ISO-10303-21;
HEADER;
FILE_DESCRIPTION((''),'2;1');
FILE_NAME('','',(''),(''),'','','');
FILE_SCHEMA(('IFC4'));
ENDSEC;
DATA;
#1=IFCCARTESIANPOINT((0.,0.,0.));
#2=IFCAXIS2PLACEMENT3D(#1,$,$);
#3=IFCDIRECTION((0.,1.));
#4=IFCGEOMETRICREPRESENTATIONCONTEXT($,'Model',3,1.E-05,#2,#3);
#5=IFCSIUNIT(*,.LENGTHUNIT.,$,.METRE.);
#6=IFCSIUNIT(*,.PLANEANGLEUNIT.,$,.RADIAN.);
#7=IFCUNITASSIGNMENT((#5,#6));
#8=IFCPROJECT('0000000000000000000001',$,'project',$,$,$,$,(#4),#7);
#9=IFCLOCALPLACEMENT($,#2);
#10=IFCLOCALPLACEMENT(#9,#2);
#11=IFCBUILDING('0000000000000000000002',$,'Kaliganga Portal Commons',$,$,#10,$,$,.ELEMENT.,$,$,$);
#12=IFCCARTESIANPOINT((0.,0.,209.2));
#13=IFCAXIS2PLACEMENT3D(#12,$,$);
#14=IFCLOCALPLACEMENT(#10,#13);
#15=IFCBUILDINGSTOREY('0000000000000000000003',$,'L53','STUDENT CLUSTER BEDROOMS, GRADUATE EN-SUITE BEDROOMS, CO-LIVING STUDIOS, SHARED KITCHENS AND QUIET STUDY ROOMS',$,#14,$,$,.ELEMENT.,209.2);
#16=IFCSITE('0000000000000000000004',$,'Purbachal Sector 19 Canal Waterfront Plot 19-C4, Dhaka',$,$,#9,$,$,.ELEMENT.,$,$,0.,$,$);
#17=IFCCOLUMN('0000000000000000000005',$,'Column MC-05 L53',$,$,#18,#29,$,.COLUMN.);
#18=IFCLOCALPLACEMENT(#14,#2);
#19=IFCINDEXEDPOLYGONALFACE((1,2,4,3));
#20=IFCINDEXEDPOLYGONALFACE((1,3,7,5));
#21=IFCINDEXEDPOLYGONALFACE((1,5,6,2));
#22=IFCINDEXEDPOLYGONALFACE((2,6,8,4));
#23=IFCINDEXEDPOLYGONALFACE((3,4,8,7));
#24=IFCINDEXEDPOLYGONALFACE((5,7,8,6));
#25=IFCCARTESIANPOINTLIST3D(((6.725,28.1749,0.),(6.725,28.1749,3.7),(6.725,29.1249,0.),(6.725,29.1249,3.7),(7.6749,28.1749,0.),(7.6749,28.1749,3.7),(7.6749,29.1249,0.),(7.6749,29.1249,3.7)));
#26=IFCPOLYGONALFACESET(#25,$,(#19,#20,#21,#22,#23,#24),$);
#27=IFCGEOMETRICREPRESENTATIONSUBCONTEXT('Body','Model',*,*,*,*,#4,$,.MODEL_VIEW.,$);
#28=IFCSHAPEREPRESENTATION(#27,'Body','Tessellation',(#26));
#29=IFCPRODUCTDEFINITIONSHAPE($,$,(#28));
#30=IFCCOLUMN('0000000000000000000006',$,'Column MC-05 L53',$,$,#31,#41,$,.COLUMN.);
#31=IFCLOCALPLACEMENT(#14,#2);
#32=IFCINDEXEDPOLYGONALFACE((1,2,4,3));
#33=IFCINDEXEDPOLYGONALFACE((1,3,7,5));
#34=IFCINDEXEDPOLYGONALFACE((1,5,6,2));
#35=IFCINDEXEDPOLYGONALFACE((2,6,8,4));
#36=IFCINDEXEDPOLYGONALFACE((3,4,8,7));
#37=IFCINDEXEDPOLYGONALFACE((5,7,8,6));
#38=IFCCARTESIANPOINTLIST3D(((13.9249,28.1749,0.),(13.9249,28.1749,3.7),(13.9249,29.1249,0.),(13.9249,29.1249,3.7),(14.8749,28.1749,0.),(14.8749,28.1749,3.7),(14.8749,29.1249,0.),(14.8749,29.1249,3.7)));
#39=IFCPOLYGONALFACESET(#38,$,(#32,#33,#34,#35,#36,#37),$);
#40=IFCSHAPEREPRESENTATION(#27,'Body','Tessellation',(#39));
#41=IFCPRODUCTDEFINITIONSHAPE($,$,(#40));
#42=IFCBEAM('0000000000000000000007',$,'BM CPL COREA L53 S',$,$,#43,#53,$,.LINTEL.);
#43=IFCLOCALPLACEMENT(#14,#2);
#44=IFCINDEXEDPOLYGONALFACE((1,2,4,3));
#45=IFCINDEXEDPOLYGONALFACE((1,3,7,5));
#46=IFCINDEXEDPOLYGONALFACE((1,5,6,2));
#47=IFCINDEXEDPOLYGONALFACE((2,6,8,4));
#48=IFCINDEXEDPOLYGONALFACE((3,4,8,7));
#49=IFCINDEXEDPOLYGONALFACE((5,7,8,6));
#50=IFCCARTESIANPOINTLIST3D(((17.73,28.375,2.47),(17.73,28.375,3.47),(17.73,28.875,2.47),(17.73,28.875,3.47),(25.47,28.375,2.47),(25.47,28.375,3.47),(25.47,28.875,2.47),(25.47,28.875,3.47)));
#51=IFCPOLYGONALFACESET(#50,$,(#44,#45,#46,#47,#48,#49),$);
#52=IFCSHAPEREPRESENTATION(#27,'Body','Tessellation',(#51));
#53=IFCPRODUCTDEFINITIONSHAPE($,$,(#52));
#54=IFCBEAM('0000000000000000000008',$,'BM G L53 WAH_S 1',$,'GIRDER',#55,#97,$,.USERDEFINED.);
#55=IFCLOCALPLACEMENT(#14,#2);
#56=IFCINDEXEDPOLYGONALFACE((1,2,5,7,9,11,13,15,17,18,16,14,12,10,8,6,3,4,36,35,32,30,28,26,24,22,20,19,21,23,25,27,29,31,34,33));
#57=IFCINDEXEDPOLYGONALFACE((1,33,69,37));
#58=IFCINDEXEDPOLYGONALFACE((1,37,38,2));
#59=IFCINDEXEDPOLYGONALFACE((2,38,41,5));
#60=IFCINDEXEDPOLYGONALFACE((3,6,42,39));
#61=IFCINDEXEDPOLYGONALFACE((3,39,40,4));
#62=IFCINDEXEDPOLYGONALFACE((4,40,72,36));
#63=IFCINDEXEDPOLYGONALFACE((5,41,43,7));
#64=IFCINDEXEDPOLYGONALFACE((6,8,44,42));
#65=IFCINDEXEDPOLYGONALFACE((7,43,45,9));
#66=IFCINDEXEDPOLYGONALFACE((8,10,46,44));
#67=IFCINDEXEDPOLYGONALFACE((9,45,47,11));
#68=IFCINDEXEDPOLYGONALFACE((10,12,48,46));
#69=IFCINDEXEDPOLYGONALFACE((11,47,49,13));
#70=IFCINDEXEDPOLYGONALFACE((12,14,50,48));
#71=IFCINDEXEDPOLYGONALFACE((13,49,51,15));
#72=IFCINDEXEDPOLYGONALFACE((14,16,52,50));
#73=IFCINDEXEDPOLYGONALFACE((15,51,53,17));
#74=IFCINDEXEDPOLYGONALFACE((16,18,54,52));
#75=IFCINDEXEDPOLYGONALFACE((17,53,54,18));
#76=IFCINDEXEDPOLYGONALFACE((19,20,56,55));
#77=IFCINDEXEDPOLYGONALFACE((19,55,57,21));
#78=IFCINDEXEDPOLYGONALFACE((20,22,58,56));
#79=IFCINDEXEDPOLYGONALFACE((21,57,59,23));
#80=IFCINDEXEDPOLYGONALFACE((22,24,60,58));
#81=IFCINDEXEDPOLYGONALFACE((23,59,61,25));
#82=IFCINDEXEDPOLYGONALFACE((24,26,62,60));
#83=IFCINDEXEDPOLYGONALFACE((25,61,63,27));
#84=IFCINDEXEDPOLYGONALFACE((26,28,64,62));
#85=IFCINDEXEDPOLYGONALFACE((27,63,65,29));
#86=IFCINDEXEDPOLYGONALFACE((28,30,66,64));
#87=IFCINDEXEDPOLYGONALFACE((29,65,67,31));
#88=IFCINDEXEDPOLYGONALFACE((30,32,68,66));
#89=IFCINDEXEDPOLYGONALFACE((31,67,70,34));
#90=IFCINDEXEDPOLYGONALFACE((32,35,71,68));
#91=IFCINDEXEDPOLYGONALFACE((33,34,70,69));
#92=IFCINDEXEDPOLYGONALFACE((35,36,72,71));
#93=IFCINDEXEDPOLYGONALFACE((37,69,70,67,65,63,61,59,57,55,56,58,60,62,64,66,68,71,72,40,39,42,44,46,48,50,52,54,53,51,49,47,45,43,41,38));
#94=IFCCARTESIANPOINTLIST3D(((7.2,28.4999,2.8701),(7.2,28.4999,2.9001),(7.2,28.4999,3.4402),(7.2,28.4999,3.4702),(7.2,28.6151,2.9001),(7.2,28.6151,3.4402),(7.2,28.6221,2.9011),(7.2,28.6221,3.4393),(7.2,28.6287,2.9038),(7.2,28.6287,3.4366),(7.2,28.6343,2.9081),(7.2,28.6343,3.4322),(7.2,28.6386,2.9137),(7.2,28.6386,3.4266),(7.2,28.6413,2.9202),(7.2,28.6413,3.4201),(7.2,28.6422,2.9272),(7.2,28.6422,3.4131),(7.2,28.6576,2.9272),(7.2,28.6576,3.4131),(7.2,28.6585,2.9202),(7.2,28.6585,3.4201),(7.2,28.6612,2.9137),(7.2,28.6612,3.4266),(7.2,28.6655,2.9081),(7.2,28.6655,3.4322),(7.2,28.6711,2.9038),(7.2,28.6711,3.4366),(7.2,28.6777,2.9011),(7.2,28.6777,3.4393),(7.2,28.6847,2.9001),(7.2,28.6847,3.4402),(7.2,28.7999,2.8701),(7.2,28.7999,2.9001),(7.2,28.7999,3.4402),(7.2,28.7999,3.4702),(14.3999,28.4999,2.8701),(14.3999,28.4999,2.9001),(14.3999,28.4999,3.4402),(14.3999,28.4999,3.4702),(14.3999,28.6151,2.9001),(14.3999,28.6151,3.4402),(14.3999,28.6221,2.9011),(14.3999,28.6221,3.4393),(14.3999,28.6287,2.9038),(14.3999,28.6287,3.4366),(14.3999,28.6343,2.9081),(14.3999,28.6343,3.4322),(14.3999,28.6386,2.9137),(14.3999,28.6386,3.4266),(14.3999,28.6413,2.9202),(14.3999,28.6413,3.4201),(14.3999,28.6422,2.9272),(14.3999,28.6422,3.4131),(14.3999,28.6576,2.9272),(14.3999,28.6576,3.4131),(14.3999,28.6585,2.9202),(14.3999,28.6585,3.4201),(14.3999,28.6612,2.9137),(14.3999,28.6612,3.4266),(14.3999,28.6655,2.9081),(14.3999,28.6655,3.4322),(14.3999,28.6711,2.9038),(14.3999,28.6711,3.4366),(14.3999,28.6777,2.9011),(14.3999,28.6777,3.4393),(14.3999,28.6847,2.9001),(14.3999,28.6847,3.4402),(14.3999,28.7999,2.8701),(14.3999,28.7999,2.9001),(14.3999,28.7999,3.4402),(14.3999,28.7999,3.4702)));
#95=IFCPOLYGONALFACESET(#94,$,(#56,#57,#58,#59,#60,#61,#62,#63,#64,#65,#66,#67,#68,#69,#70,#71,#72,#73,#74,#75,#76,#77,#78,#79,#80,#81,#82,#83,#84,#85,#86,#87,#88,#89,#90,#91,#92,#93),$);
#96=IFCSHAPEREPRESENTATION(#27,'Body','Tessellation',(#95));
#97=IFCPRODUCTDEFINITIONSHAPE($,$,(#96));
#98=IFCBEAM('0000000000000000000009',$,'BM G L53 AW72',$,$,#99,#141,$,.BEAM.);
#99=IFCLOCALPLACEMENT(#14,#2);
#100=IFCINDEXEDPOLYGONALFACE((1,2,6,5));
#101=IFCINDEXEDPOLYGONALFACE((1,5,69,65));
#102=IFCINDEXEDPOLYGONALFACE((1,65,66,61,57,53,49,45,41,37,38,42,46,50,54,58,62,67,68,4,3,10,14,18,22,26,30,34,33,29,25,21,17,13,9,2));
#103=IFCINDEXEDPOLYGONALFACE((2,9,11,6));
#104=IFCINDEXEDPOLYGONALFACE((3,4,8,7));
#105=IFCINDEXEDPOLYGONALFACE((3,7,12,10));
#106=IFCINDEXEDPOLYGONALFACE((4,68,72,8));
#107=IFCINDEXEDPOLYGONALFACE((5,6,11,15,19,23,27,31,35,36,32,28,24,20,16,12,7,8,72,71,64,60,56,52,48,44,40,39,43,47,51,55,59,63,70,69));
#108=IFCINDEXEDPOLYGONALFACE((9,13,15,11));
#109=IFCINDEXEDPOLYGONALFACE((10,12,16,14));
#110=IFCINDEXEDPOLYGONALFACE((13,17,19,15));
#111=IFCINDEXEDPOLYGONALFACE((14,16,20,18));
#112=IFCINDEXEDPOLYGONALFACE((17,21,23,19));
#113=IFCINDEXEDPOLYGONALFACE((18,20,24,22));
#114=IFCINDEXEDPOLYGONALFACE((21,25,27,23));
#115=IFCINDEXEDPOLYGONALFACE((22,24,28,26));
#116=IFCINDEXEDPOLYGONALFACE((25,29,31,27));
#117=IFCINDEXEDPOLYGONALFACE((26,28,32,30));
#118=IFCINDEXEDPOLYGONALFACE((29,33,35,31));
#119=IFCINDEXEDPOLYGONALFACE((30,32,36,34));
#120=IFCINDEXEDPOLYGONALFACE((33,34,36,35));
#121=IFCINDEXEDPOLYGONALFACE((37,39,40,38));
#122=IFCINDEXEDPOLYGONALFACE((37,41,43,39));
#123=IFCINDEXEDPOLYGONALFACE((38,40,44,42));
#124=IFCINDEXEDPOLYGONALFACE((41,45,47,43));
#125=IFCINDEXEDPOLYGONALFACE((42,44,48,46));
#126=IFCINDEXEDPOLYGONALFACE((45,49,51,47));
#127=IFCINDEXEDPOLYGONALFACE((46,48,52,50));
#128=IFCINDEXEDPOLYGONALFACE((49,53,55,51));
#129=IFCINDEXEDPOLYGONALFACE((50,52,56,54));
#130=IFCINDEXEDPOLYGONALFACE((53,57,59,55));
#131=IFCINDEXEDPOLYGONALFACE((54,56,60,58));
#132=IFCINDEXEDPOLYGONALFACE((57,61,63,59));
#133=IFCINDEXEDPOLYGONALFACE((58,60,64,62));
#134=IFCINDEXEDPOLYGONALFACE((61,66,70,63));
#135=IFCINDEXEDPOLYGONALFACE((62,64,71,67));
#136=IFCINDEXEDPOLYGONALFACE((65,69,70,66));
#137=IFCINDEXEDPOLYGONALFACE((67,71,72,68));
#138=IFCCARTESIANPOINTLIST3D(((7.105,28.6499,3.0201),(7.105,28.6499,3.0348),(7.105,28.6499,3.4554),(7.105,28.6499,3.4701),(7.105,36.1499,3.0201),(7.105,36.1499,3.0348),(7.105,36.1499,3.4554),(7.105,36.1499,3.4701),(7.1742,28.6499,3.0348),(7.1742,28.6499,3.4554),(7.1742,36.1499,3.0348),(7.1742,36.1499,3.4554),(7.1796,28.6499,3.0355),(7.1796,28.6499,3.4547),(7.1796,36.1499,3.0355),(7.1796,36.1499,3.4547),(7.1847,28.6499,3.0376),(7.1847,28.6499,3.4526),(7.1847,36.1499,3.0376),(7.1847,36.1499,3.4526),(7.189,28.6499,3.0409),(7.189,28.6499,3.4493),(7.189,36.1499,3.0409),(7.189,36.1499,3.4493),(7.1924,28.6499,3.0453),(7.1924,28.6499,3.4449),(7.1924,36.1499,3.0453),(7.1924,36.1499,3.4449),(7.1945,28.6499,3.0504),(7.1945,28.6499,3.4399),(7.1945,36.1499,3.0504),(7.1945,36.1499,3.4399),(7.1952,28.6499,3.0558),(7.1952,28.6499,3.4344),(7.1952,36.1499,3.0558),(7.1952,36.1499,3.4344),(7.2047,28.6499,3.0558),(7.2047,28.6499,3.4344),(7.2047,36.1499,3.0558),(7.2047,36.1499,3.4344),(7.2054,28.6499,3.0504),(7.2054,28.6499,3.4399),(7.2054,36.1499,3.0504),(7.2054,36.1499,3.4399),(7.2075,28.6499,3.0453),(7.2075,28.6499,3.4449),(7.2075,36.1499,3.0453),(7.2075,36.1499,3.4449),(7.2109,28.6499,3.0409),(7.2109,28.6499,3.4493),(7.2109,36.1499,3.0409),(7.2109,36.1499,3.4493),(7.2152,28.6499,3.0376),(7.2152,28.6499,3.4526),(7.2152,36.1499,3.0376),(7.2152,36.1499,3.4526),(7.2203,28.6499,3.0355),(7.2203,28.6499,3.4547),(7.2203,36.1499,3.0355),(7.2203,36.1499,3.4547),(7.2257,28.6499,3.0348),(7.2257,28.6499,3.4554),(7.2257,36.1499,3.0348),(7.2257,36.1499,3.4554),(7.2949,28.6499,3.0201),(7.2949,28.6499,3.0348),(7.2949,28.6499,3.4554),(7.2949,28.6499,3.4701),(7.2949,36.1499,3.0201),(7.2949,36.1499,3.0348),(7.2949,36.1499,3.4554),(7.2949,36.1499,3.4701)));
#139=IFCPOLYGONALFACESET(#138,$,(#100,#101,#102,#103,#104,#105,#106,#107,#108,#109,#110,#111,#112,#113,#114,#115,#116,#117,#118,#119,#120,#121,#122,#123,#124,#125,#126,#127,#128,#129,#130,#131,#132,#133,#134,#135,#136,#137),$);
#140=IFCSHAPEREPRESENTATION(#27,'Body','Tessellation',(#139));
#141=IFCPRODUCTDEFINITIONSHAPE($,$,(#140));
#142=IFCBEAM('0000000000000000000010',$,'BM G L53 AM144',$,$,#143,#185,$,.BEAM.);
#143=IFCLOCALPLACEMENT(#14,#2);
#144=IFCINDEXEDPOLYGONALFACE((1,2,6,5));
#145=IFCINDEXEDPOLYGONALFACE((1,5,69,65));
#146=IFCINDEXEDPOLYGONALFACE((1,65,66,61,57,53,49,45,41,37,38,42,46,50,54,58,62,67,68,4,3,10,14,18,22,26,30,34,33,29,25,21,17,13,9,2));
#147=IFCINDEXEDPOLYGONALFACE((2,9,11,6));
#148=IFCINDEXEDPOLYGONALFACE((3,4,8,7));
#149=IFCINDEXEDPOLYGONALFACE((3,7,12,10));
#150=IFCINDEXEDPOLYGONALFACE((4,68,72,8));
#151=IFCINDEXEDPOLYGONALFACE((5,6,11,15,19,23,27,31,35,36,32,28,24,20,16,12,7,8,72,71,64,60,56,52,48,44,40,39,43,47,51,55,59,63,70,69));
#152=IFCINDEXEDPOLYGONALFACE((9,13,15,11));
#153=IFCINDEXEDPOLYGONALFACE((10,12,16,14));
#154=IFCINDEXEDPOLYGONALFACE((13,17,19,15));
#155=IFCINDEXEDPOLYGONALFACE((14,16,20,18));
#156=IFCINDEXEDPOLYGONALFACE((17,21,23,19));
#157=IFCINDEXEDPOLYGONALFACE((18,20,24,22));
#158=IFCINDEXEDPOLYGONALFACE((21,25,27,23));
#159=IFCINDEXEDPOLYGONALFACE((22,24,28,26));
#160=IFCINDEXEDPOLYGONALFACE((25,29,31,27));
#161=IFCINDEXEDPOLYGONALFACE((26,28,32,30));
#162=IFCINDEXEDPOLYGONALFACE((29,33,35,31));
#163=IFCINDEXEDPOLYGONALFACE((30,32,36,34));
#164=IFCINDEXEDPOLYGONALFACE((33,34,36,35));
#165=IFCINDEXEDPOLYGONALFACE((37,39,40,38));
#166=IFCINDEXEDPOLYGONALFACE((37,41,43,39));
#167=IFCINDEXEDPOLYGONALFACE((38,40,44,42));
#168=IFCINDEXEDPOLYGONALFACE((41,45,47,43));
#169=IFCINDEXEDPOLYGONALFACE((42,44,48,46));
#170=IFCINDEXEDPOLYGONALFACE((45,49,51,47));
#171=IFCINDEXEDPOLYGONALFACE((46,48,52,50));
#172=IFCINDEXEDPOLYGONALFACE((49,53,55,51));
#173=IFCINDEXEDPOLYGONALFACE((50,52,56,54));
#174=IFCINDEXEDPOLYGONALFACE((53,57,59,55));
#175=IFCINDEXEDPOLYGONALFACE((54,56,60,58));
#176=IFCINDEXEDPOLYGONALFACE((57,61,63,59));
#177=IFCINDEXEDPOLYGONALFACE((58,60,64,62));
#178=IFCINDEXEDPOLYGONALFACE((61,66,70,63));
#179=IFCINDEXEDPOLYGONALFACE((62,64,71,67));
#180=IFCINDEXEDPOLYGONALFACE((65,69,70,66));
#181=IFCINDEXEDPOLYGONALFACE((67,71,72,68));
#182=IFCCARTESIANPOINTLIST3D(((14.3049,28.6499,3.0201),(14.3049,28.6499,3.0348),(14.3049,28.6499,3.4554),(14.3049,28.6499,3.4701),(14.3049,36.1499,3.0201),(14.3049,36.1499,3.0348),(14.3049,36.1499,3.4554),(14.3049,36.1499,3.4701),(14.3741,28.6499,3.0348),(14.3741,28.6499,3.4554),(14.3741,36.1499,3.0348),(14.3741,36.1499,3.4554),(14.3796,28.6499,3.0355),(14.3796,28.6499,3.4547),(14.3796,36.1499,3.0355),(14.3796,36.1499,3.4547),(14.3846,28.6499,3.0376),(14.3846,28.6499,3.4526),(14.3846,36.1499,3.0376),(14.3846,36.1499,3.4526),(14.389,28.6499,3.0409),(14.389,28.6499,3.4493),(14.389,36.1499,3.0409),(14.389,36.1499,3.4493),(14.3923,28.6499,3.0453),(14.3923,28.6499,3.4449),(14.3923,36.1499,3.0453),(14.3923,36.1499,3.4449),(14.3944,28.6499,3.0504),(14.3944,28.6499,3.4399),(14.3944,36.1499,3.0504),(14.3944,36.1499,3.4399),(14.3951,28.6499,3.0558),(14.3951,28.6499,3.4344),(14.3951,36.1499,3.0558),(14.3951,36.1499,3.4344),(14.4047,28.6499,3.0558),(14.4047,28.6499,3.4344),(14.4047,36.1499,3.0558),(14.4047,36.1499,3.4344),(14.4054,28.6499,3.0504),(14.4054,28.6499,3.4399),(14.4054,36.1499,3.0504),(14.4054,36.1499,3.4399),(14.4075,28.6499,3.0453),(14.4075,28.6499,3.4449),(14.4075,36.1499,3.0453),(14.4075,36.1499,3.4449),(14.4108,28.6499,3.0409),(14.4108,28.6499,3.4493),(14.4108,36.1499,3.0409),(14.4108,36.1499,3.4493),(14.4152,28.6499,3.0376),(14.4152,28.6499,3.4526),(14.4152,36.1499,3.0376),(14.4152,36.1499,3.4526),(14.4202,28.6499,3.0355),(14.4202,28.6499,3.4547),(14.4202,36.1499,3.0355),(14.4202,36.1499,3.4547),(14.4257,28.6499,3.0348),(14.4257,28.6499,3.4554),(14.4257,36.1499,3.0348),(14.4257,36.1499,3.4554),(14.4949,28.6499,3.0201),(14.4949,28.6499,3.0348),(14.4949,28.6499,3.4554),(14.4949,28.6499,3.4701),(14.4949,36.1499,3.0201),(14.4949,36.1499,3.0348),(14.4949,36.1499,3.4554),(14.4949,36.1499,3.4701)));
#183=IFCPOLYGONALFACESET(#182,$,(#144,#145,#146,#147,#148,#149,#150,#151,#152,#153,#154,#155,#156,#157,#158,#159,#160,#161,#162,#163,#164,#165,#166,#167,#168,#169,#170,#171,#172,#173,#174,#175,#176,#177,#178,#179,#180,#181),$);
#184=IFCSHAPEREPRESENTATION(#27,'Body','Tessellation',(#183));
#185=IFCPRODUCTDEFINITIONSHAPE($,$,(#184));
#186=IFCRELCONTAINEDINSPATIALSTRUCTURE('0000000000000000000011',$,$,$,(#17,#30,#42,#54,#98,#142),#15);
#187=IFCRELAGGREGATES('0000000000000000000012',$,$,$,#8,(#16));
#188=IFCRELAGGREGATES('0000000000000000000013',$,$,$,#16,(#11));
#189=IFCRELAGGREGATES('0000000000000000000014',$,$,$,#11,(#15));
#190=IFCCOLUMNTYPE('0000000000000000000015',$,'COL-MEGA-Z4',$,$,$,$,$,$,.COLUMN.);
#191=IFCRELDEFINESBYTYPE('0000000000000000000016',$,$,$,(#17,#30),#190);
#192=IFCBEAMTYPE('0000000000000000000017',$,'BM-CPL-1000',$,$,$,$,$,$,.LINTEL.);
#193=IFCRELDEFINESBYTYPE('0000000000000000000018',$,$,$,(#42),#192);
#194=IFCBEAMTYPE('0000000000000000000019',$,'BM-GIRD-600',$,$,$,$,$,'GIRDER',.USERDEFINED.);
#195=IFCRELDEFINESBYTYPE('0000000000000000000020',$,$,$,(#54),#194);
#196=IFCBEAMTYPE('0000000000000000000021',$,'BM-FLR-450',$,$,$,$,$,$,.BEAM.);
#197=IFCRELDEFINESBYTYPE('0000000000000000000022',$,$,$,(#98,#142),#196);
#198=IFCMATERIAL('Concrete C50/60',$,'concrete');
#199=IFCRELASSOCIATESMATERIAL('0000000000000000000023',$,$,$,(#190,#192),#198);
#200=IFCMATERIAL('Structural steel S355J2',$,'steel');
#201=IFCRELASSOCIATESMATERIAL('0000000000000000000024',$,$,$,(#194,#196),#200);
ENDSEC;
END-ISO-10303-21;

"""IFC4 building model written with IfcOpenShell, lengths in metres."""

from ifc_helpers import new_model, si_unit, direction, frame, origin, origin_2d, place, context, subcontext, project, spatial, rectangle, i_section, extrude, source, transform, mapped, material, material_profile, profile_set, type_object, element, save


model = new_model("IFC4")

# Units and contexts
model_context = context("Model", 3, precision=1e-05, world=origin(), true_north=direction((0.0, 1.0)))
body_context = subcontext(model_context, "Body", "Model", "MODEL_VIEW")
ifc_project = project(units=[si_unit("LENGTHUNIT", "METRE"), si_unit("PLANEANGLEUNIT", "RADIAN")], contexts=[model_context])

# Site, building, storey
site_placement = place(None, origin())
site = spatial("IfcSite", under=ifc_project, at=site_placement, Name="Purbachal Sector 19 Canal Waterfront Plot 19-C4, Dhaka", CompositionType="ELEMENT", RefElevation=0.0)
building_placement = place(site_placement, origin())
building = spatial("IfcBuilding", under=site, at=building_placement, Name="Kaliganga Portal Commons", CompositionType="ELEMENT")
storey_placement = place(building_placement, frame((0.0, 0.0, 209.2)))
storey = spatial("IfcBuildingStorey", under=building, at=storey_placement, Name="L53", Description="STUDENT CLUSTER BEDROOMS, GRADUATE EN-SUITE BEDROOMS, CO-LIVING STUDIOS, SHARED KITCHENS AND QUIET STUDY ROOMS", CompositionType="ELEMENT", Elevation=209.2)

# Columns
ifc_material_1 = material(Name="Concrete C50/60", Category="concrete")
ifc_material_profile_1 = material_profile(ifc_material_1, rectangle(XDim=0.95, YDim=0.95, at=origin_2d()), Name="RC 950x950")
ifc_profile_set_1 = profile_set([ifc_material_profile_1], Name="Concrete C50/60")
column_type = type_object("IfcColumnType", Name="COL-MEGA-Z4", PredefinedType="COLUMN", material=ifc_profile_set_1)
shared_shape_1 = source(origin(), body_context, "Body", "SweptSolid", [
    extrude(rectangle(XDim=0.95, YDim=0.95, at=origin_2d()), origin(), (0.0, 0.0, 1.0), 3.7),
])
for number, where, z_axis, x_axis, name in (
    (1, (7.2, 28.6499, 0.0), (0.0, 0.0, 1.0), (1.0, 0.0, 0.0), "Column MC-05 L53"),
    (2, (14.3999, 28.6499, 0.0), (0.0, 0.0, 1.0), (1.0, 0.0, 0.0), "Column MC-05 L53"),
):
    element("IfcColumn", number, at=place(storey_placement, frame(where, z_axis=z_axis, x_axis=x_axis)), inside=storey, type_object=column_type, Name=name, PredefinedType="COLUMN", context=body_context, shape_type="MappedRepresentation", body=[
        mapped(shared_shape_1, transform((0.0, 0.0, 0.0), x_axis=(1.0, 0.0, 0.0), y_axis=(0.0, 1.0, 0.0), z_axis=(0.0, 0.0, 1.0), scale=1.0)),
    ])

# Beams
ifc_material_profile_2 = material_profile(ifc_material_1, rectangle(XDim=0.5, YDim=1.0, at=origin_2d()), Name="RC 500x1000")
ifc_profile_set_2 = profile_set([ifc_material_profile_2], Name="Concrete C50/60")
beam_type_1 = type_object("IfcBeamType", Name="BM-CPL-1000", PredefinedType="LINTEL", material=ifc_profile_set_2)
shared_shape_2 = source(origin(), body_context, "Body", "SweptSolid", [
    extrude(rectangle(XDim=0.5, YDim=1.0, at=origin_2d()), origin(), (0.0, 0.0, 1.0), 7.74),
])
beam_1_placement = place(storey_placement, frame((17.73, 28.625, 2.97), z_axis=(1.0, 0.0, 0.0), x_axis=(0.0, 1.0, 0.0)))
element("IfcBeam", 3, at=beam_1_placement, inside=storey, type_object=beam_type_1, Name="BM CPL COREA L53 S", PredefinedType="LINTEL", context=body_context, shape_type="MappedRepresentation", body=[
    mapped(shared_shape_2, transform((0.0, 0.0, 0.0), x_axis=(1.0, 0.0, 0.0), y_axis=(0.0, 1.0, 0.0), z_axis=(0.0, 0.0, 1.0), scale=1.0)),
])
ifc_material_2 = material(Name="Structural steel S355J2", Category="steel")
ifc_material_profile_3 = material_profile(ifc_material_2, i_section(OverallWidth=0.3, OverallDepth=0.6001, WebThickness=0.0154, FlangeThickness=0.03, FilletRadius=0.0271, at=origin_2d()), Name="HE 600 B")
ifc_profile_set_3 = profile_set([ifc_material_profile_3], Name="Structural steel S355J2 wide-flange")
beam_type_2 = type_object("IfcBeamType", Name="BM-GIRD-600", ElementType="GIRDER", PredefinedType="USERDEFINED", material=ifc_profile_set_3)
shared_shape_3 = source(origin(), body_context, "Body", "SweptSolid", [
    extrude(i_section(OverallWidth=0.3, OverallDepth=0.6001, WebThickness=0.0154, FlangeThickness=0.03, FilletRadius=0.0271, at=origin_2d()), origin(), (0.0, 0.0, 1.0), 7.2),
])
beam_2_placement = place(storey_placement, frame((7.2, 28.6499, 3.1702), z_axis=(1.0, 0.0, 0.0), x_axis=(0.0, 1.0, 0.0)))
element("IfcBeam", 4, at=beam_2_placement, inside=storey, type_object=beam_type_2, Name="BM G L53 WAH_S 1", ObjectType="GIRDER", PredefinedType="USERDEFINED", context=body_context, shape_type="MappedRepresentation", body=[
    mapped(shared_shape_3, transform((0.0, 0.0, 0.0), x_axis=(1.0, 0.0, 0.0), y_axis=(0.0, 1.0, 0.0), z_axis=(0.0, 0.0, 1.0), scale=1.0)),
])
ifc_material_profile_4 = material_profile(ifc_material_2, i_section(OverallWidth=0.1899, OverallDepth=0.45, WebThickness=0.0095, FlangeThickness=0.0146, FilletRadius=0.021, at=origin_2d()), Name="IPE 450")
ifc_profile_set_4 = profile_set([ifc_material_profile_4], Name="Structural steel S355J2 wide-flange")
beam_type_3 = type_object("IfcBeamType", Name="BM-FLR-450", PredefinedType="BEAM", material=ifc_profile_set_4)
shared_shape_4 = source(origin(), body_context, "Body", "SweptSolid", [
    extrude(i_section(OverallWidth=0.1899, OverallDepth=0.45, WebThickness=0.0095, FlangeThickness=0.0146, FilletRadius=0.021, at=origin_2d()), origin(), (0.0, 0.0, 1.0), 7.5),
])
for number, where, z_axis, x_axis, name in (
    (5, (7.2, 28.6499, 3.2451), (0.0, 1.0, 0.0), (-1.0, 0.0, 0.0), "BM G L53 AW72"),
    (6, (14.3999, 28.6499, 3.2451), (0.0, 1.0, 0.0), (-1.0, 0.0, 0.0), "BM G L53 AM144"),
):
    element("IfcBeam", number, at=place(storey_placement, frame(where, z_axis=z_axis, x_axis=x_axis)), inside=storey, type_object=beam_type_3, Name=name, PredefinedType="BEAM", context=body_context, shape_type="MappedRepresentation", body=[
        mapped(shared_shape_4, transform((0.0, 0.0, 0.0), x_axis=(1.0, 0.0, 0.0), y_axis=(0.0, 1.0, 0.0), z_axis=(0.0, 0.0, 1.0), scale=1.0)),
    ])

save(model, "model.ifc")
